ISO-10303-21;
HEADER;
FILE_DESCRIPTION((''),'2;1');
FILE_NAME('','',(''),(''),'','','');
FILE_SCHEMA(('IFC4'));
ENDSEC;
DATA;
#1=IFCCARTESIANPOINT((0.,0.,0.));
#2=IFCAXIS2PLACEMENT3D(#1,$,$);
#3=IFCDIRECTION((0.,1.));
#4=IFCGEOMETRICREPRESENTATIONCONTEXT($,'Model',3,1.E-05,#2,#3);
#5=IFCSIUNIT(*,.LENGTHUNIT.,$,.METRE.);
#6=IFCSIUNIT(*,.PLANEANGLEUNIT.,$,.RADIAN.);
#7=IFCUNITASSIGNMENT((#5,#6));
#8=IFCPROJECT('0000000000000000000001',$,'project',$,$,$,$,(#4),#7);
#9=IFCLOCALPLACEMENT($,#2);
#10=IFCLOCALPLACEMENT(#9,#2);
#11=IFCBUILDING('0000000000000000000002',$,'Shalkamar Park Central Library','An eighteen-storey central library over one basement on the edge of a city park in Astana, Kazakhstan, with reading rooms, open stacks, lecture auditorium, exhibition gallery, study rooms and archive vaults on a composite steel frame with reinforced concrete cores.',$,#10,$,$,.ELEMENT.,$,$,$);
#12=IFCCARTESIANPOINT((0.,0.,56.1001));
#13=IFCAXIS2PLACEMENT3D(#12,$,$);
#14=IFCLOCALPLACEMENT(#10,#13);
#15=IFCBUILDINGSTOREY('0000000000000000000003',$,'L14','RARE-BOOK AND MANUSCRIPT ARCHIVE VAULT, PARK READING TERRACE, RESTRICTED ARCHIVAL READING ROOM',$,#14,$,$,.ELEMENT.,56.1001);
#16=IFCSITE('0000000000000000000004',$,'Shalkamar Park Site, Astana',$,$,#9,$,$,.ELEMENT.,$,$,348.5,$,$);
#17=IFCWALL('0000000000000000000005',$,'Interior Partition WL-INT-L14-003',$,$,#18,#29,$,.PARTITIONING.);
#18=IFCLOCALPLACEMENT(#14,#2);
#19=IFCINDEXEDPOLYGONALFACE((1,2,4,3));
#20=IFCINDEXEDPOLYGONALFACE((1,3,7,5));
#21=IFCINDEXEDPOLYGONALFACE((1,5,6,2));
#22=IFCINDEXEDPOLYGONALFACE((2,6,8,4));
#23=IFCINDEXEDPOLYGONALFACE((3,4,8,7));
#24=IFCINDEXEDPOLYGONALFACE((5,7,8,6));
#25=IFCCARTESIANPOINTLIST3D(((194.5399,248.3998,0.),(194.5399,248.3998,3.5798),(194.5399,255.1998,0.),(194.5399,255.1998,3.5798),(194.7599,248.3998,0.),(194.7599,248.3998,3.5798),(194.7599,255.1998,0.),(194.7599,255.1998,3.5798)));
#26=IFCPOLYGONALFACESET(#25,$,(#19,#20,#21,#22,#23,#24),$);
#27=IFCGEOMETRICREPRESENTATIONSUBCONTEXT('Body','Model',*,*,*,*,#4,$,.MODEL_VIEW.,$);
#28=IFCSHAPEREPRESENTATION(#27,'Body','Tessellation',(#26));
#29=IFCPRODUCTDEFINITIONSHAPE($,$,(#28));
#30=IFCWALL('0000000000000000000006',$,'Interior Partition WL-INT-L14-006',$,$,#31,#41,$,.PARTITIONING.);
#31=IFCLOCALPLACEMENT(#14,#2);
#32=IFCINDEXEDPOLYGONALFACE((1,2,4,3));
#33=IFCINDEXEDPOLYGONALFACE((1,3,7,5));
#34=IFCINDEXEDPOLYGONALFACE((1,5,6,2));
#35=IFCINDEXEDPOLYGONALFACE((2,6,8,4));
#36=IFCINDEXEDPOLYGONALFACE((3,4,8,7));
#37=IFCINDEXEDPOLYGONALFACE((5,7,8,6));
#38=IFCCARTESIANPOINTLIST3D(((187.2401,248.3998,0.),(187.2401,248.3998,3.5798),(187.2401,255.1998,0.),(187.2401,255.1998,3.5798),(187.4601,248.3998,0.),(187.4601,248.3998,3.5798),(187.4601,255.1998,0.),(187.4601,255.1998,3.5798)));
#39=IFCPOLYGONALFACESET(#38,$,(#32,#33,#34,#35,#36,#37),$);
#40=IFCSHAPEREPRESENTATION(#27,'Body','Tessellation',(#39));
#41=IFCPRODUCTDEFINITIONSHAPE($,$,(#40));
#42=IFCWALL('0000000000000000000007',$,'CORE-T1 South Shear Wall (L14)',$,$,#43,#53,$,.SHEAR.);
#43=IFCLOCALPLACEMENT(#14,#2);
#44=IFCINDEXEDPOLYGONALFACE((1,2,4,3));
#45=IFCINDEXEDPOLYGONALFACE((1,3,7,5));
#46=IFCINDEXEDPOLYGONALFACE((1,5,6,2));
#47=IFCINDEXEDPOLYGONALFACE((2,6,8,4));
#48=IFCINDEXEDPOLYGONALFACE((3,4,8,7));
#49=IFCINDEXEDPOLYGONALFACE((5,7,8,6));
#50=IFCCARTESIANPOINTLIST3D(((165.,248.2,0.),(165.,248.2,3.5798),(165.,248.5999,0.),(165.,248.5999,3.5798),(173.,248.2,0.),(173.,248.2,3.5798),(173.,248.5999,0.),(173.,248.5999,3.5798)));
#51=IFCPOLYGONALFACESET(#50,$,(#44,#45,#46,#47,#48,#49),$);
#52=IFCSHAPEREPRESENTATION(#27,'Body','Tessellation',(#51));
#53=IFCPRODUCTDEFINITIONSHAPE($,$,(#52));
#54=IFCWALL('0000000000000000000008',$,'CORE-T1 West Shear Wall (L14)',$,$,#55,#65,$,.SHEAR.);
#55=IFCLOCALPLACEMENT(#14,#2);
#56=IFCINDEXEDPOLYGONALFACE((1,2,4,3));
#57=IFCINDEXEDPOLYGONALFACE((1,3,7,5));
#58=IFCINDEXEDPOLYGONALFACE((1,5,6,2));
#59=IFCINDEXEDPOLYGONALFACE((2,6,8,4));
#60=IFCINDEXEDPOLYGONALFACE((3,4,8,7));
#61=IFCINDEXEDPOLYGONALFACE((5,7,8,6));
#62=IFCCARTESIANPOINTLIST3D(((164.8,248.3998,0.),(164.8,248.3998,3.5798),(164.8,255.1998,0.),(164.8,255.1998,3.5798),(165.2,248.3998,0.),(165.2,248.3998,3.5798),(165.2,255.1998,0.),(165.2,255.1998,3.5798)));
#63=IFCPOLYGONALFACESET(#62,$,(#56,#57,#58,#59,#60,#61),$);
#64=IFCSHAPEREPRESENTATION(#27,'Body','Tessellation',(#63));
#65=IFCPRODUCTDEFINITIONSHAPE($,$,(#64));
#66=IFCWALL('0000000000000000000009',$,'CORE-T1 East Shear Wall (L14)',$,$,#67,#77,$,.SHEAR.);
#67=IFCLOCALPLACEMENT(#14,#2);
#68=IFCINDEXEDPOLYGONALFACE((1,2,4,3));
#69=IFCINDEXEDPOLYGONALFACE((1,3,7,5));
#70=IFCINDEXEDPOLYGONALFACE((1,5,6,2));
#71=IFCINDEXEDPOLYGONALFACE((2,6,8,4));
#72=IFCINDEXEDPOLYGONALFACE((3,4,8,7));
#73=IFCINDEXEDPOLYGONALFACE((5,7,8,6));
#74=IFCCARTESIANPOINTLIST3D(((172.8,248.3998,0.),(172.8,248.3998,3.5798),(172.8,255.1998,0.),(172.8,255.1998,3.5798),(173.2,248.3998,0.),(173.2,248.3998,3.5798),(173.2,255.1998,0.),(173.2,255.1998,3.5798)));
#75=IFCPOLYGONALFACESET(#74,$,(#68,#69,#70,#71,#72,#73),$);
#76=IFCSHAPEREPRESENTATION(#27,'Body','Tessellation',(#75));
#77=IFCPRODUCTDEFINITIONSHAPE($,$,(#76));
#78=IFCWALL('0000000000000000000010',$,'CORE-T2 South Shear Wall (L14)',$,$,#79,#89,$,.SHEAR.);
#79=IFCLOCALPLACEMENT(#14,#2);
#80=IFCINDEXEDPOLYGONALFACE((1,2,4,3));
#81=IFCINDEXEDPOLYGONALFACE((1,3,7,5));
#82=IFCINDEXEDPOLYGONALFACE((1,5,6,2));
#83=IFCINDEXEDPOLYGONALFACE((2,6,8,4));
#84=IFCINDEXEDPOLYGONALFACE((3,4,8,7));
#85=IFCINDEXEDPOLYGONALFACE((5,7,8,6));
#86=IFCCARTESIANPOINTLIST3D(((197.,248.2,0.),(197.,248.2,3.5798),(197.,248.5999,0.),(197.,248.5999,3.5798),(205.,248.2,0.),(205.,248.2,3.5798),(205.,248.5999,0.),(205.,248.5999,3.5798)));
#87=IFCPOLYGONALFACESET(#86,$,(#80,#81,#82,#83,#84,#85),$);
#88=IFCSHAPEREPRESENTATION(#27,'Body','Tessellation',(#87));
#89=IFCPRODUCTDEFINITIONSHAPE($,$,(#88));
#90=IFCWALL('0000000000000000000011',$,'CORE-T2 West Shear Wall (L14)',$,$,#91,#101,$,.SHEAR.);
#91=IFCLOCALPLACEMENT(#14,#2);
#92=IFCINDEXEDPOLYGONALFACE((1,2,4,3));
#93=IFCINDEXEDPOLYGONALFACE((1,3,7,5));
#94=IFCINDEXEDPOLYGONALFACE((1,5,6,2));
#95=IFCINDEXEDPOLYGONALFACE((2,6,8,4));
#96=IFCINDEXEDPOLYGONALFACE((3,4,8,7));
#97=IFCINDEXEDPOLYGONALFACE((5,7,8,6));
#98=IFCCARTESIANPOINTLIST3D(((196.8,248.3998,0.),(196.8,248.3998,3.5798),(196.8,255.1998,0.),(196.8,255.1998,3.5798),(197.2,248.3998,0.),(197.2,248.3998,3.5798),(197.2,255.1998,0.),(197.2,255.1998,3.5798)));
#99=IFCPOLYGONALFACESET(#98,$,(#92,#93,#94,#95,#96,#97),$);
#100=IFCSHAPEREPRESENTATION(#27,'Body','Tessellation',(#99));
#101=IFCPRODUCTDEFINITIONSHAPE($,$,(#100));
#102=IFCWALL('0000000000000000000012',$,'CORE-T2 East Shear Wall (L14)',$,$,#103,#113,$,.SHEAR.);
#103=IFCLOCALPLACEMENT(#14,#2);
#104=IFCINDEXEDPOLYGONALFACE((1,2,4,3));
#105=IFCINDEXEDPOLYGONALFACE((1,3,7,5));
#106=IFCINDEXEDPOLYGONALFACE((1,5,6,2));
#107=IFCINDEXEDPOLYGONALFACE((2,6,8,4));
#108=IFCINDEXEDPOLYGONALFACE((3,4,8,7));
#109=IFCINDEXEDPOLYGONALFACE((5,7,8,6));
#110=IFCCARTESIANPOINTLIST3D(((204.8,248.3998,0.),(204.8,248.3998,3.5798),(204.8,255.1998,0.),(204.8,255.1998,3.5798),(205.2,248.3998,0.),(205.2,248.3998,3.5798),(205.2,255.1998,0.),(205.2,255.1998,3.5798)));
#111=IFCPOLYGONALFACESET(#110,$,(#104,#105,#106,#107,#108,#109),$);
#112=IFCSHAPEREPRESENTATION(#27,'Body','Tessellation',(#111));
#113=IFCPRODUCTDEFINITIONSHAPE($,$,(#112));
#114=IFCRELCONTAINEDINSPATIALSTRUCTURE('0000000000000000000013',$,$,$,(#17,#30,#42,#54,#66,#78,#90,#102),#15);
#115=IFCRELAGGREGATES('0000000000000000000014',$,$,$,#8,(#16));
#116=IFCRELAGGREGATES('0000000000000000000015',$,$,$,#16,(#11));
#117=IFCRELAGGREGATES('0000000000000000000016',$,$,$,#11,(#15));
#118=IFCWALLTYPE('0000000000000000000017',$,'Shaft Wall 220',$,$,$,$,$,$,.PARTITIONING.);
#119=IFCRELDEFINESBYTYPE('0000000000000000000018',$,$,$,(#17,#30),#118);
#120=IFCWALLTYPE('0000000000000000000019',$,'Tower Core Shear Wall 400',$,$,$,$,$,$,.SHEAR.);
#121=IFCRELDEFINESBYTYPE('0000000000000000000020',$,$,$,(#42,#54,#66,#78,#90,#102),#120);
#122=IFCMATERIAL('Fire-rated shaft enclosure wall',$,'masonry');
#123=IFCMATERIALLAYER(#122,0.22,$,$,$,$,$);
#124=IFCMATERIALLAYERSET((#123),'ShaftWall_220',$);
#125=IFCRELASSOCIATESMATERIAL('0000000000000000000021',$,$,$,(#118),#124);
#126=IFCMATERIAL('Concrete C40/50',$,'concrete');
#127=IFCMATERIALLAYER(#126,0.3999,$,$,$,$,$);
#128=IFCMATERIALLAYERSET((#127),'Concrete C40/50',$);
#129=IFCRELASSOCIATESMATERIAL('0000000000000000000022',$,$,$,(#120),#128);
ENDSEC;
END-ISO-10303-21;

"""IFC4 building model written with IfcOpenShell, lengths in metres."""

from ifc_helpers import new_model, si_unit, direction, frame, frame_2d, origin, place, context, subcontext, project, spatial, rectangle, extrude, material, layer, layer_set, type_object, element, save


model = new_model("IFC4")

# Units and contexts
model_context = context("Model", 3, precision=1e-05, world=origin(), true_north=direction((0.0, 1.0)))
body_context = subcontext(model_context, "Body", "Model", "MODEL_VIEW")
ifc_project = project(units=[si_unit("LENGTHUNIT", "METRE"), si_unit("PLANEANGLEUNIT", "RADIAN")], contexts=[model_context])

# Site, building, storey
site_placement = place(None, origin())
site = spatial("IfcSite", under=ifc_project, at=site_placement, Name="Shalkamar Park Site, Astana", CompositionType="ELEMENT", RefElevation=348.5)
building_placement = place(site_placement, origin())
building = spatial("IfcBuilding", under=site, at=building_placement, Name="Shalkamar Park Central Library", Description="An eighteen-storey central library over one basement on the edge of a city park in Astana, Kazakhstan, with reading rooms, open stacks, lecture auditorium, exhibition gallery, study rooms and archive vaults on a composite steel frame with reinforced concrete cores.", CompositionType="ELEMENT")
storey_placement = place(building_placement, frame((0.0, 0.0, 56.1001)))
storey = spatial("IfcBuildingStorey", under=building, at=storey_placement, Name="L14", Description="RARE-BOOK AND MANUSCRIPT ARCHIVE VAULT, PARK READING TERRACE, RESTRICTED ARCHIVAL READING ROOM", CompositionType="ELEMENT", Elevation=56.1001)

# Walls
ifc_material_1 = material(Name="Concrete C40/50", Category="concrete")
ifc_material_2 = material(Name="Fire-rated shaft enclosure wall", Category="masonry")
ifc_layer_1 = layer(ifc_material_2, 0.22)
ifc_layer_set_1 = layer_set([ifc_layer_1], Name="ShaftWall_220")
wall_type_1 = type_object("IfcWallType", Name="Shaft Wall 220", PredefinedType="PARTITIONING", material=ifc_layer_set_1)
for number, where, z_axis, x_axis, name in (
    (1, (194.6499, 248.3999, 0.0), (0.0, 0.0, 1.0), (0.0, 1.0, 0.0), "Interior Partition WL-INT-L14-003"),
    (2, (187.3501, 248.3999, 0.0), (0.0, 0.0, 1.0), (0.0, 1.0, 0.0), "Interior Partition WL-INT-L14-006"),
):
    element("IfcWall", number, at=place(storey_placement, frame(where, z_axis=z_axis, x_axis=x_axis)), inside=storey, type_object=wall_type_1, Name=name, PredefinedType="PARTITIONING", context=body_context, shape_type="SweptSolid", body=[
        extrude(rectangle(XDim=6.8, YDim=0.22, at=frame_2d((3.3999, 0.0))), origin(), (0.0, 0.0, 1.0), 3.5798),
    ])
ifc_layer_2 = layer(ifc_material_1, 0.3999)
ifc_layer_set_2 = layer_set([ifc_layer_2], Name="Concrete C40/50")
wall_type_2 = type_object("IfcWallType", Name="Tower Core Shear Wall 400", PredefinedType="SHEAR", material=ifc_layer_set_2)
wall_1_placement = place(storey_placement, frame((165.0, 248.3999, 0.0), z_axis=(0.0, 0.0, 1.0), x_axis=(1.0, 0.0, 0.0)))
element("IfcWall", 3, at=wall_1_placement, inside=storey, type_object=wall_type_2, Name="CORE-T1 South Shear Wall (L14)", PredefinedType="SHEAR", context=body_context, shape_type="SweptSolid", body=[
    extrude(rectangle(XDim=8.0, YDim=0.3999, at=frame_2d((4.0, 0.0))), origin(), (0.0, 0.0, 1.0), 3.5798),
])
for number, where, z_axis, x_axis, name in (
    (4, (165.0, 248.3999, 0.0), (0.0, 0.0, 1.0), (0.0, 1.0, 0.0), "CORE-T1 West Shear Wall (L14)"),
    (5, (173.0, 248.3999, 0.0), (0.0, 0.0, 1.0), (0.0, 1.0, 0.0), "CORE-T1 East Shear Wall (L14)"),
):
    element("IfcWall", number, at=place(storey_placement, frame(where, z_axis=z_axis, x_axis=x_axis)), inside=storey, type_object=wall_type_2, Name=name, PredefinedType="SHEAR", context=body_context, shape_type="SweptSolid", body=[
        extrude(rectangle(XDim=6.8, YDim=0.3999, at=frame_2d((3.3999, 0.0))), origin(), (0.0, 0.0, 1.0), 3.5798),
    ])
wall_2_placement = place(storey_placement, frame((197.0, 248.3999, 0.0), z_axis=(0.0, 0.0, 1.0), x_axis=(1.0, 0.0, 0.0)))
element("IfcWall", 6, at=wall_2_placement, inside=storey, type_object=wall_type_2, Name="CORE-T2 South Shear Wall (L14)", PredefinedType="SHEAR", context=body_context, shape_type="SweptSolid", body=[
    extrude(rectangle(XDim=8.0, YDim=0.3999, at=frame_2d((4.0, 0.0))), origin(), (0.0, 0.0, 1.0), 3.5798),
])
for number, where, z_axis, x_axis, name in (
    (7, (197.0, 248.3999, 0.0), (0.0, 0.0, 1.0), (0.0, 1.0, 0.0), "CORE-T2 West Shear Wall (L14)"),
    (8, (205.0, 248.3999, 0.0), (0.0, 0.0, 1.0), (0.0, 1.0, 0.0), "CORE-T2 East Shear Wall (L14)"),
):
    element("IfcWall", number, at=place(storey_placement, frame(where, z_axis=z_axis, x_axis=x_axis)), inside=storey, type_object=wall_type_2, Name=name, PredefinedType="SHEAR", context=body_context, shape_type="SweptSolid", body=[
        extrude(rectangle(XDim=6.8, YDim=0.3999, at=frame_2d((3.3999, 0.0))), origin(), (0.0, 0.0, 1.0), 3.5798),
    ])

save(model, "model.ifc")
